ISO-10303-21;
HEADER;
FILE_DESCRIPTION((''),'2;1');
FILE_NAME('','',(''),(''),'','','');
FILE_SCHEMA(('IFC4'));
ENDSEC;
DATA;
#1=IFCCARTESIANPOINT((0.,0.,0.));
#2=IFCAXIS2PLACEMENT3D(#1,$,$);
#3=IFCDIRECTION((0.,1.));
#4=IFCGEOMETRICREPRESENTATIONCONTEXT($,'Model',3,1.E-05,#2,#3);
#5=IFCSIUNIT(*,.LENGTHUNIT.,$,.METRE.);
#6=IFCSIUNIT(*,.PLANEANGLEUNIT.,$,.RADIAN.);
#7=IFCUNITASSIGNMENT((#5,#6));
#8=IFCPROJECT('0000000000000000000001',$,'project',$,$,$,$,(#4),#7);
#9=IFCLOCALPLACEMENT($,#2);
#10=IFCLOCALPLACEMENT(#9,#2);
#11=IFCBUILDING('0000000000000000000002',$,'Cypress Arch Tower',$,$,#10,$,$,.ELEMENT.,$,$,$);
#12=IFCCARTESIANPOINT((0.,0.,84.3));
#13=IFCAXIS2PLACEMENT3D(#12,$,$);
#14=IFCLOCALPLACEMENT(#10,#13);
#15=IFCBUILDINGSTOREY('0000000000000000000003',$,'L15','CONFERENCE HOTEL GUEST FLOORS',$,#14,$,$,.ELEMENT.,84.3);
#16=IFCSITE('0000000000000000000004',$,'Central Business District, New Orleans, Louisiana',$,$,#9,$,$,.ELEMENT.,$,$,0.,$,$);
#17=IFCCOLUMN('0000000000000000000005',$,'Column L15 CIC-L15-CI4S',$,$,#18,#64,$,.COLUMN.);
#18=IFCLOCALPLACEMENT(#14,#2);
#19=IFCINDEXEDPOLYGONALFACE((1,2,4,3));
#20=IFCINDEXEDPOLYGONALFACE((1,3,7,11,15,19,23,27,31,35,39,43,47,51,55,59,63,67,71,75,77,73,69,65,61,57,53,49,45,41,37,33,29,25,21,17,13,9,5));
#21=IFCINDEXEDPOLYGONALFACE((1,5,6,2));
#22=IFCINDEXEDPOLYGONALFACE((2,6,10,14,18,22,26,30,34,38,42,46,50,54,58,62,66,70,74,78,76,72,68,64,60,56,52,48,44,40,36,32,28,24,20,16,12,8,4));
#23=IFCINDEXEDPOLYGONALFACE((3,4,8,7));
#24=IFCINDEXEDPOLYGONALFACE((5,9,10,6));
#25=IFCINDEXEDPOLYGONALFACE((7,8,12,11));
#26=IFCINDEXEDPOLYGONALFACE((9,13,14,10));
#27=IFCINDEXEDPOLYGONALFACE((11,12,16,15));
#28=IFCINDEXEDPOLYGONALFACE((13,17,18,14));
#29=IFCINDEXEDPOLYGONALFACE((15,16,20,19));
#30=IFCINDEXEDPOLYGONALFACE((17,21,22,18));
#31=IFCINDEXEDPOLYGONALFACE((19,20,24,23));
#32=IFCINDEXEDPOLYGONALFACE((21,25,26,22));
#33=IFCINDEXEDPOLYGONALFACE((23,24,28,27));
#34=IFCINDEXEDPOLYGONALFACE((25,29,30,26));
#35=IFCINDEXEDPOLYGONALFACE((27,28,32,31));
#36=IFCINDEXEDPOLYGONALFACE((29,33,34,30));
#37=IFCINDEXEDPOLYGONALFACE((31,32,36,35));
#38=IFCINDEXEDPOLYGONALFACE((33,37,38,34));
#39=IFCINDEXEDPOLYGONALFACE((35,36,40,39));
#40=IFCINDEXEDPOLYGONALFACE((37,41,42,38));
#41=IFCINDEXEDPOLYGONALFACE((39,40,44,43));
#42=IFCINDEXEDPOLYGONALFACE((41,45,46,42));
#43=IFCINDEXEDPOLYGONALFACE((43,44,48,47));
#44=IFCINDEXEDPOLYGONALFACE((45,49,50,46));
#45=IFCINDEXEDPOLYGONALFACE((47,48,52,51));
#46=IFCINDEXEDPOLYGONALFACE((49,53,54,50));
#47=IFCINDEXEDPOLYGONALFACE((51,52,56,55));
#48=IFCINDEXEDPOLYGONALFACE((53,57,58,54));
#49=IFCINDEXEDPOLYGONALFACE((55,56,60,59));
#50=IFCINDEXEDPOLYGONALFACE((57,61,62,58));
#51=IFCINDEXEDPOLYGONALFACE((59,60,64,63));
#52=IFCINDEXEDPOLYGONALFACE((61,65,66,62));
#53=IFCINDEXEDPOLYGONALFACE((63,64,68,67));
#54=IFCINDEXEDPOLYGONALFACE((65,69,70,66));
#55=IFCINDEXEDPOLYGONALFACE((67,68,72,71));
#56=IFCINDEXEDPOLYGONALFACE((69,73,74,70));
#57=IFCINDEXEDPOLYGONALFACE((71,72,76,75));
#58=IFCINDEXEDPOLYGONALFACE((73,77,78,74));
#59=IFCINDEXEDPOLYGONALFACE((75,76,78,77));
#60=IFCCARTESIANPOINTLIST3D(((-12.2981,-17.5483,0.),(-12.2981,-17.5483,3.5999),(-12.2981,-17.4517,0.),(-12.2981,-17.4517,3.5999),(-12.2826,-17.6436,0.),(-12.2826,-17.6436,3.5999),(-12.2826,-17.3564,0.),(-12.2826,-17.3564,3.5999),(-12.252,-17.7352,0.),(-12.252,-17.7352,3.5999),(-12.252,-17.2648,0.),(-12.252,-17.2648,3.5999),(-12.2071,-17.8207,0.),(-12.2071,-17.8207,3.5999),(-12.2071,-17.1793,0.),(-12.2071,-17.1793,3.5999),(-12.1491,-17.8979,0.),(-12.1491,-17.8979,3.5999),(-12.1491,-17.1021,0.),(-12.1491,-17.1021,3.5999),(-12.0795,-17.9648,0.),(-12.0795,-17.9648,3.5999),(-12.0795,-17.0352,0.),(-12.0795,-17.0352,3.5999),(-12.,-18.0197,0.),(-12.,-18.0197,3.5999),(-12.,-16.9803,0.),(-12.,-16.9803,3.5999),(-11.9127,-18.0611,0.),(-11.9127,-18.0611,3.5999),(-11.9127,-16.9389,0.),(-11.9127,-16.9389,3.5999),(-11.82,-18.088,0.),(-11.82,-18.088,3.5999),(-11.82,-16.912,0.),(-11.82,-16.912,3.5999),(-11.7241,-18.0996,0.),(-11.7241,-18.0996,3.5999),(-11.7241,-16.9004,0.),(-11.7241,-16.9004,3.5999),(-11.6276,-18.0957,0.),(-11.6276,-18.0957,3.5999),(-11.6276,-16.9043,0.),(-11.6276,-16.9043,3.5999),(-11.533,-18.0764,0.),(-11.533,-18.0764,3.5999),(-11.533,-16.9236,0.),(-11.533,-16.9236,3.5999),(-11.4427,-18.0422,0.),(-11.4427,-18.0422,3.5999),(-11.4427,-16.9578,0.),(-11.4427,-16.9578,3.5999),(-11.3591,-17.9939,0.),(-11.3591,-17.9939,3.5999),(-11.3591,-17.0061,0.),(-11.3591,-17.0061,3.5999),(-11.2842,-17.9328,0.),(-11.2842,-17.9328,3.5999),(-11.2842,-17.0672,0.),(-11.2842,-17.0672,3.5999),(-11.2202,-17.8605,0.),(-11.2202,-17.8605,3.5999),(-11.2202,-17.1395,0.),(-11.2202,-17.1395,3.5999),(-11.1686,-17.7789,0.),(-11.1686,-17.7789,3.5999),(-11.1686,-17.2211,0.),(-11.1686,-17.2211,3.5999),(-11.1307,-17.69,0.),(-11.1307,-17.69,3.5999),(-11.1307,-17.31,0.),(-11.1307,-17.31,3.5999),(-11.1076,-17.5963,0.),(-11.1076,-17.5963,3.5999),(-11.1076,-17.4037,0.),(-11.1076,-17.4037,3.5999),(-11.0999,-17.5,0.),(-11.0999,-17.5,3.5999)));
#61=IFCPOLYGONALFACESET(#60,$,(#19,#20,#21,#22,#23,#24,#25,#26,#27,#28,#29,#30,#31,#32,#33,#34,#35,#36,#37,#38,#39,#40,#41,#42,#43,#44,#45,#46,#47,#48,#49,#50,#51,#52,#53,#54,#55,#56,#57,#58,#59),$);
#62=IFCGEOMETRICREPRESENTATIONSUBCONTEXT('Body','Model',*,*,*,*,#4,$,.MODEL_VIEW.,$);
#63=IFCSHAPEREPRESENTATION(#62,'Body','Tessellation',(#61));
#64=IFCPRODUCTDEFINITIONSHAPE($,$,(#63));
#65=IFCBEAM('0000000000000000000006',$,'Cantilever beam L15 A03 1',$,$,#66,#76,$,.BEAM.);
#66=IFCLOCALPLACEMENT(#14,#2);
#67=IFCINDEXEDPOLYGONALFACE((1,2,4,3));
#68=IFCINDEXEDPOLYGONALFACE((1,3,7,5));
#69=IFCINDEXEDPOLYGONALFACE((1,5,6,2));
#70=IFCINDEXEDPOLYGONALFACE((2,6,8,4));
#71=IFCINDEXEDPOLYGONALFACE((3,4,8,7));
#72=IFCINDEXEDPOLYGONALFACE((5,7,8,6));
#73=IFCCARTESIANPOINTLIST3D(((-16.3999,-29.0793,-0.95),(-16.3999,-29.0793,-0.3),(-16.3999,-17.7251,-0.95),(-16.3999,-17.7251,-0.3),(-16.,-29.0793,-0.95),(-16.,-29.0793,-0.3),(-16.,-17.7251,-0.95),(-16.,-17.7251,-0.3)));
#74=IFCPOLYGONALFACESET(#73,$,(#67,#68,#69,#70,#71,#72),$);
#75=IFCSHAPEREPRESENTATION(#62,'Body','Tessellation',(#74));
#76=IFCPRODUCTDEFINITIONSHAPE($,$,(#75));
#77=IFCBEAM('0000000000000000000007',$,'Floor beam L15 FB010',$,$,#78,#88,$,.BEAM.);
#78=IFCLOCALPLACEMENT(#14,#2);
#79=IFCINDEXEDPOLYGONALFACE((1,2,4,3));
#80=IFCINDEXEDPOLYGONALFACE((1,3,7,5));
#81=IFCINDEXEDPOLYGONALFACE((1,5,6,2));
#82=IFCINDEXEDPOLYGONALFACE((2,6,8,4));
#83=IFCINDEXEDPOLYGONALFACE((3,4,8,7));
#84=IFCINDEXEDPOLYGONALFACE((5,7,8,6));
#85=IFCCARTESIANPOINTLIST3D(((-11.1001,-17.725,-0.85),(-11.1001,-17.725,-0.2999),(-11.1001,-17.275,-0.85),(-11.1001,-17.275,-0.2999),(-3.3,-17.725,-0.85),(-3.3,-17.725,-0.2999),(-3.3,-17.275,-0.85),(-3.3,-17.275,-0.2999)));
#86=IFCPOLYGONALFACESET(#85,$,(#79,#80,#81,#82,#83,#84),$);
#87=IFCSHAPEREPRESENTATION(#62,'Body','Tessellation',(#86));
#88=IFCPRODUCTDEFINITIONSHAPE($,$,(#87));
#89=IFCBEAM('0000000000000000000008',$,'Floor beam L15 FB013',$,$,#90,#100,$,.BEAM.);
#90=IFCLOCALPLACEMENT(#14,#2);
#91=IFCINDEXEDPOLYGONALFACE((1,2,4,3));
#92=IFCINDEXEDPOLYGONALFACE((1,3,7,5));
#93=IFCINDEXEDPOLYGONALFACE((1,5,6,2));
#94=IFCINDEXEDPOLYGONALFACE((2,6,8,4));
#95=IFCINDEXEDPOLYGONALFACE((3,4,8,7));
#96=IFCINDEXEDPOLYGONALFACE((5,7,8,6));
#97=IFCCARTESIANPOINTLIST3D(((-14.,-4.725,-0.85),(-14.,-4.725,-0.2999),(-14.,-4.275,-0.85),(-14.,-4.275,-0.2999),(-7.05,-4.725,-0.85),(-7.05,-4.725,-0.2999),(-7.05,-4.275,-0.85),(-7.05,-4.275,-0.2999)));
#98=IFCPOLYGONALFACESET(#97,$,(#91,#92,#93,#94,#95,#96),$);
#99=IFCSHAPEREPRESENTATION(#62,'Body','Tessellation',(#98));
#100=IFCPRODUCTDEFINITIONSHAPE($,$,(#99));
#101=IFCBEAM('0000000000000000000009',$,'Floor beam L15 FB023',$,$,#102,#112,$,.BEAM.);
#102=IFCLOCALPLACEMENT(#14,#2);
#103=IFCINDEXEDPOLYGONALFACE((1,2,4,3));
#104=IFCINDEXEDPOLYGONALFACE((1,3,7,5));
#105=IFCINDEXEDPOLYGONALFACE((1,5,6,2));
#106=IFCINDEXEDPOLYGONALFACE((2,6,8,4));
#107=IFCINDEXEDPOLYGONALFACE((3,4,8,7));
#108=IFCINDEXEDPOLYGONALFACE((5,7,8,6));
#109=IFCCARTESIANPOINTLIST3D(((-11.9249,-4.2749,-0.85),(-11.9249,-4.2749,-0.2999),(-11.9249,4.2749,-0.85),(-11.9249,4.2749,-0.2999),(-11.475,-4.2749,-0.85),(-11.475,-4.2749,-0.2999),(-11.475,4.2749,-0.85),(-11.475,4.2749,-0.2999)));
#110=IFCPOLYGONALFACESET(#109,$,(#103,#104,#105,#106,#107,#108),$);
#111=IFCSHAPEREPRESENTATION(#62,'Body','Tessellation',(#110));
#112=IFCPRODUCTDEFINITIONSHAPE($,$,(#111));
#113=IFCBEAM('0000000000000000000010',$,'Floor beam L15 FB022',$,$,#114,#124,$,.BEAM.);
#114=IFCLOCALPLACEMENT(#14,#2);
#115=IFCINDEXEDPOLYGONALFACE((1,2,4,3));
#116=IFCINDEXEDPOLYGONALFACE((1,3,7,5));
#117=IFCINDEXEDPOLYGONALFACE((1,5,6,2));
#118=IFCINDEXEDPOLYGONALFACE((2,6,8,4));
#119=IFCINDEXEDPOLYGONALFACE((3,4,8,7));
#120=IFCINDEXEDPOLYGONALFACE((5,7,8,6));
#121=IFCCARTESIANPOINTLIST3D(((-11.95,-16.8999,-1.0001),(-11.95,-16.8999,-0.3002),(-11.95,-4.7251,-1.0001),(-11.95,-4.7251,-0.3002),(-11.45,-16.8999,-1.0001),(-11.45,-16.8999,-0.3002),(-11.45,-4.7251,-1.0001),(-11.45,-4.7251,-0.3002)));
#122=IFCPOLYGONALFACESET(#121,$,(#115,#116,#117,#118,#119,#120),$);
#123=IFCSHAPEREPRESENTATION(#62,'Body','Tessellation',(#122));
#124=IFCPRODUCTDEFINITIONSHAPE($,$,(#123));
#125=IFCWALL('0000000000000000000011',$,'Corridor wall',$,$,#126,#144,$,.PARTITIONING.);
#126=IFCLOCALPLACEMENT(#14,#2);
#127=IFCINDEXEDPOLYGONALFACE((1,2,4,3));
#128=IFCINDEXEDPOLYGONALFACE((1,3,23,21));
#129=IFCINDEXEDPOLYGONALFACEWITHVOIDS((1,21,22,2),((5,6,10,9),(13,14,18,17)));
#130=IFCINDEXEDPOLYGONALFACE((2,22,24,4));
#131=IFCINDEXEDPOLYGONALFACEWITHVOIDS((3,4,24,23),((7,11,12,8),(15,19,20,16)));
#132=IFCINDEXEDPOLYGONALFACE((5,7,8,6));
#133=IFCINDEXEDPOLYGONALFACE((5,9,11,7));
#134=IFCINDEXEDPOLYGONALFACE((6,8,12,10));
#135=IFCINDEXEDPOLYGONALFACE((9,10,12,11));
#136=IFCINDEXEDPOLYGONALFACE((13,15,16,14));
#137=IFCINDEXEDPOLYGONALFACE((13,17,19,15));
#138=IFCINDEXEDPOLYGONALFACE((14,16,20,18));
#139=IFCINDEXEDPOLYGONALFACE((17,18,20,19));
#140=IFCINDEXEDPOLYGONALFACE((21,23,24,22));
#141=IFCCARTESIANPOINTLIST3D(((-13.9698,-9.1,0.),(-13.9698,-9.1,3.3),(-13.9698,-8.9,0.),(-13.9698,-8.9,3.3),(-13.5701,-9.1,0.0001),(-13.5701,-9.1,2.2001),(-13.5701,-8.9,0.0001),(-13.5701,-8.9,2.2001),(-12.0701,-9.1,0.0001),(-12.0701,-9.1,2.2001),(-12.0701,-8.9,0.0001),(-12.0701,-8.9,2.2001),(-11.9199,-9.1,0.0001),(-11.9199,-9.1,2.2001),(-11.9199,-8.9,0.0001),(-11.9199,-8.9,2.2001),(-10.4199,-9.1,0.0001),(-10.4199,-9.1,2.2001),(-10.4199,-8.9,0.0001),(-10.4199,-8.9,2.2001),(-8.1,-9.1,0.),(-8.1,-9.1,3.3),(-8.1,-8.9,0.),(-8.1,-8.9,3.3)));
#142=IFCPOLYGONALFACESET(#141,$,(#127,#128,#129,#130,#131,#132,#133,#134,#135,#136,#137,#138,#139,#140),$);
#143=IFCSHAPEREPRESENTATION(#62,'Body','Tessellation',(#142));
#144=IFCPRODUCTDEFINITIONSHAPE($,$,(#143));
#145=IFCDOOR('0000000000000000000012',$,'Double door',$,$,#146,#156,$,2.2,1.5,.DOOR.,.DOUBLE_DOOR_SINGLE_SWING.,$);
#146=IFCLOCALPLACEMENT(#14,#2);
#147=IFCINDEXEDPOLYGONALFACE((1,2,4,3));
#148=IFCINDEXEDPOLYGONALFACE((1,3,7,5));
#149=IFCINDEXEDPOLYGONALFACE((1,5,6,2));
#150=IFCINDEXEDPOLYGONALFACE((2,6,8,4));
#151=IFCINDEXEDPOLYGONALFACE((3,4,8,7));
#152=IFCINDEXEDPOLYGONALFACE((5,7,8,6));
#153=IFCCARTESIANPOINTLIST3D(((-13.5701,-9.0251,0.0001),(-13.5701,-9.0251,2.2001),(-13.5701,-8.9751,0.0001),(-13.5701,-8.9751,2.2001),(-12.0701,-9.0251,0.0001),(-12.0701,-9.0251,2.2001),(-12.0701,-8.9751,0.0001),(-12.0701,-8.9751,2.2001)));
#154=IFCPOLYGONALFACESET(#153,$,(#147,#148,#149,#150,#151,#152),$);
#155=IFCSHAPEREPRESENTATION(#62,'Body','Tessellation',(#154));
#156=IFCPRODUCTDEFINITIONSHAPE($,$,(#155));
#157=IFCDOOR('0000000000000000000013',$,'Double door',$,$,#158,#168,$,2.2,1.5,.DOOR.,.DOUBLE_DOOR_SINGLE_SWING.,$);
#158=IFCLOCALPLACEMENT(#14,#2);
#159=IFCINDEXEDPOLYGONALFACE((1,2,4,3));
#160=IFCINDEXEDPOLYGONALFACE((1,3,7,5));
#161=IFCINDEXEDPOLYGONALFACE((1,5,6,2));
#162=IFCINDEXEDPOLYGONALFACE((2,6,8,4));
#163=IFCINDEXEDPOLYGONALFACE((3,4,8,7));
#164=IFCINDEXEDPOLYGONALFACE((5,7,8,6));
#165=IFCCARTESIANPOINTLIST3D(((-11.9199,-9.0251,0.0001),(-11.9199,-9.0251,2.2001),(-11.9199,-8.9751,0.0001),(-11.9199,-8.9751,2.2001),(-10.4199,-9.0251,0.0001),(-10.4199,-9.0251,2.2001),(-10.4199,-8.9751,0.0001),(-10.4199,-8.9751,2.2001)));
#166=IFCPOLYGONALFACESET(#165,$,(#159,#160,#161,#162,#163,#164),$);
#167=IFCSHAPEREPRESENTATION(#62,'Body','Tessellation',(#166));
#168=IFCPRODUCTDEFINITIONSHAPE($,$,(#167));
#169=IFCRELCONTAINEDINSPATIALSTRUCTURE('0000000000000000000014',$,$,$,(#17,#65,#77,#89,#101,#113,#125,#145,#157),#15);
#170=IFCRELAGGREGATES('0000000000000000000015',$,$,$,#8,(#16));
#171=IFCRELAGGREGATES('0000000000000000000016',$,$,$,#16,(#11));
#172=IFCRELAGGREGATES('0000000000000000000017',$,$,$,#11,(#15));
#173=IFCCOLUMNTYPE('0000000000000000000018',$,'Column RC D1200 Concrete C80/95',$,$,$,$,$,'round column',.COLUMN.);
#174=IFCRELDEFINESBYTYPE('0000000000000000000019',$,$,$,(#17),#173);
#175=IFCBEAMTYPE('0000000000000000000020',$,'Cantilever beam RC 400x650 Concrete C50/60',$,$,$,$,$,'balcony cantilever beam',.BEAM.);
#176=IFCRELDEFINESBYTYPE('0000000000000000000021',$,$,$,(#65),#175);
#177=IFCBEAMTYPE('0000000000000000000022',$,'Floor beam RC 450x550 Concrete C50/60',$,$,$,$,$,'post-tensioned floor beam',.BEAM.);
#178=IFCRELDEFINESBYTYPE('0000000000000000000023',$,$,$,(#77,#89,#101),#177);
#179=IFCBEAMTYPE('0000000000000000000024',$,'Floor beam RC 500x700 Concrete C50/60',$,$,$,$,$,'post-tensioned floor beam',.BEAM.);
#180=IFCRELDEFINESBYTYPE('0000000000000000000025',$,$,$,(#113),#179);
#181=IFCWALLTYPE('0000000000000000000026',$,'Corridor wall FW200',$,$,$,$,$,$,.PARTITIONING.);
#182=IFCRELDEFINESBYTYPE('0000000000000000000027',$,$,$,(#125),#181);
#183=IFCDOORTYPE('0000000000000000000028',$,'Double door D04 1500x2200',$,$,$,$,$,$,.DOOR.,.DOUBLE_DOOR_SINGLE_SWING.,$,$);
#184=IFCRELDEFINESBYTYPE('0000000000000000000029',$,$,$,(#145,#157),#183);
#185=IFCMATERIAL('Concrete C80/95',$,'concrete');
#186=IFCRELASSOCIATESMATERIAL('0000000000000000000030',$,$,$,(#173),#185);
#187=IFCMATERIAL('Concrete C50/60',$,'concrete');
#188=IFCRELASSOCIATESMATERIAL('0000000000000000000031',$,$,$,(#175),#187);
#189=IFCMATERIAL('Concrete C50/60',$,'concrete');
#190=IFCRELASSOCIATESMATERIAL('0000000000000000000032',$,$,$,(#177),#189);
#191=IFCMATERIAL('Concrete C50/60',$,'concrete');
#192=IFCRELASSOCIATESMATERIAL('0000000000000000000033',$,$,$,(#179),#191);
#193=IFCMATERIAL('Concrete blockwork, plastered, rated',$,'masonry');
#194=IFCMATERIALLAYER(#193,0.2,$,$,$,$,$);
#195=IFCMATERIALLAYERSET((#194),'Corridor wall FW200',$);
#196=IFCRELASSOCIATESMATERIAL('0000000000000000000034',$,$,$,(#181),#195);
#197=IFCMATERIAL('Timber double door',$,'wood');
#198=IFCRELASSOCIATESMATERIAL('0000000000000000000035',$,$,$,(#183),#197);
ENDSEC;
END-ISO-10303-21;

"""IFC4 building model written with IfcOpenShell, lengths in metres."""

from ifc_helpers import new_model, si_unit, direction, frame, frame_2d, origin, origin_2d, place, context, subcontext, project, spatial, rectangle, circle, extrude, material, layer, layer_set, material_profile, profile_set, type_object, element, fill, save


model = new_model("IFC4")

# Units and contexts
model_context = context("Model", 3, precision=1e-05, world=origin(), true_north=direction((0.0, 1.0)))
body_context = subcontext(model_context, "Body", "Model", "MODEL_VIEW")
ifc_project = project(units=[si_unit("LENGTHUNIT", "METRE"), si_unit("PLANEANGLEUNIT", "RADIAN")], contexts=[model_context])

# Site, building, storey
site_placement = place(None, origin())
site = spatial("IfcSite", under=ifc_project, at=site_placement, Name="Central Business District, New Orleans, Louisiana", CompositionType="ELEMENT", RefElevation=0.0)
building_placement = place(site_placement, origin())
building = spatial("IfcBuilding", under=site, at=building_placement, Name="Cypress Arch Tower", CompositionType="ELEMENT")
storey_placement = place(building_placement, frame((0.0, 0.0, 84.3)))
storey = spatial("IfcBuildingStorey", under=building, at=storey_placement, Name="L15", Description="CONFERENCE HOTEL GUEST FLOORS", CompositionType="ELEMENT", Elevation=84.3)

# Column
ifc_material_1 = material(Name="Concrete C80/95", Category="concrete")
ifc_material_profile_1 = material_profile(ifc_material_1, circle(Radius=0.6001, at=origin_2d()), Name="RC D1200")
ifc_profile_set_1 = profile_set([ifc_material_profile_1], Name="Concrete C80/95")
column_type = type_object("IfcColumnType", Name="Column RC D1200 Concrete C80/95", ElementType="round column", PredefinedType="COLUMN", material=ifc_profile_set_1)
column_placement = place(storey_placement, frame((-11.7, -17.5, 0.0), z_axis=(0.0, 0.0, 1.0), x_axis=(1.0, 0.0, 0.0)))
element("IfcColumn", 1, at=column_placement, inside=storey, type_object=column_type, Name="Column L15 CIC-L15-CI4S", PredefinedType="COLUMN", context=body_context, shape_type="SweptSolid", body=[
    extrude(circle(Radius=0.6001, at=origin_2d()), origin(), (0.0, 0.0, 1.0), 3.5999),
])

# Beams
ifc_material_2 = material(Name="Concrete C50/60", Category="concrete")
ifc_material_profile_2 = material_profile(ifc_material_2, rectangle(XDim=0.3999, YDim=0.6499, at=origin_2d()), Name="RC 400x650")
ifc_profile_set_2 = profile_set([ifc_material_profile_2], Name="Concrete C50/60")
beam_type_1 = type_object("IfcBeamType", Name="Cantilever beam RC 400x650 Concrete C50/60", ElementType="balcony cantilever beam", PredefinedType="BEAM", material=ifc_profile_set_2)
beam_1_placement = place(storey_placement, frame((-16.2, -17.7251, -0.625), z_axis=(0.0, -1.0, 0.0), x_axis=(1.0, 0.0, 0.0)))
element("IfcBeam", 2, at=beam_1_placement, inside=storey, type_object=beam_type_1, Name="Cantilever beam L15 A03 1", PredefinedType="BEAM", context=body_context, shape_type="SweptSolid", body=[
    extrude(rectangle(XDim=0.3999, YDim=0.6499, at=origin_2d()), origin(), (0.0, 0.0, 1.0), 11.3542),
])
ifc_material_3 = material(Name="Concrete C50/60", Category="concrete")
ifc_material_profile_3 = material_profile(ifc_material_3, rectangle(XDim=0.45, YDim=0.55, at=origin_2d()), Name="RC 450x550")
ifc_profile_set_3 = profile_set([ifc_material_profile_3], Name="Concrete C50/60")
beam_type_2 = type_object("IfcBeamType", Name="Floor beam RC 450x550 Concrete C50/60", ElementType="post-tensioned floor beam", PredefinedType="BEAM", material=ifc_profile_set_3)
beam_2_placement = place(storey_placement, frame((-11.1001, -17.5, -0.575), z_axis=(1.0, 0.0, 0.0), x_axis=(0.0, 1.0, 0.0)))
element("IfcBeam", 3, at=beam_2_placement, inside=storey, type_object=beam_type_2, Name="Floor beam L15 FB010", PredefinedType="BEAM", context=body_context, shape_type="SweptSolid", body=[
    extrude(rectangle(XDim=0.45, YDim=0.55, at=origin_2d()), origin(), (0.0, 0.0, 1.0), 7.8),
])
beam_3_placement = place(storey_placement, frame((-14.0, -4.5, -0.575), z_axis=(1.0, 0.0, 0.0), x_axis=(0.0, 1.0, 0.0)))
element("IfcBeam", 4, at=beam_3_placement, inside=storey, type_object=beam_type_2, Name="Floor beam L15 FB013", PredefinedType="BEAM", context=body_context, shape_type="SweptSolid", body=[
    extrude(rectangle(XDim=0.45, YDim=0.55, at=origin_2d()), origin(), (0.0, 0.0, 1.0), 6.95),
])
beam_4_placement = place(storey_placement, frame((-11.7, -4.2749, -0.575), z_axis=(0.0, 1.0, 0.0), x_axis=(-1.0, 0.0, 0.0)))
element("IfcBeam", 5, at=beam_4_placement, inside=storey, type_object=beam_type_2, Name="Floor beam L15 FB023", PredefinedType="BEAM", context=body_context, shape_type="SweptSolid", body=[
    extrude(rectangle(XDim=0.45, YDim=0.55, at=origin_2d()), origin(), (0.0, 0.0, 1.0), 8.5498),
])
ifc_material_4 = material(Name="Concrete C50/60", Category="concrete")
ifc_material_profile_4 = material_profile(ifc_material_4, rectangle(XDim=0.5, YDim=0.7, at=origin_2d()), Name="RC 500x700")
ifc_profile_set_4 = profile_set([ifc_material_profile_4], Name="Concrete C50/60")
beam_type_3 = type_object("IfcBeamType", Name="Floor beam RC 500x700 Concrete C50/60", ElementType="post-tensioned floor beam", PredefinedType="BEAM", material=ifc_profile_set_4)
beam_5_placement = place(storey_placement, frame((-11.7, -16.8999, -0.6501), z_axis=(0.0, 1.0, 0.0), x_axis=(-1.0, 0.0, 0.0)))
element("IfcBeam", 6, at=beam_5_placement, inside=storey, type_object=beam_type_3, Name="Floor beam L15 FB022", PredefinedType="BEAM", context=body_context, shape_type="SweptSolid", body=[
    extrude(rectangle(XDim=0.5, YDim=0.7, at=origin_2d()), origin(), (0.0, 0.0, 1.0), 12.1748),
])

# Wall, openings, doors
ifc_material_5 = material(Name="Concrete blockwork, plastered, rated", Category="masonry")
ifc_layer_1 = layer(ifc_material_5, 0.2)
ifc_layer_set_1 = layer_set([ifc_layer_1], Name="Corridor wall FW200")
wall_type_1 = type_object("IfcWallType", Name="Corridor wall FW200", PredefinedType="PARTITIONING", material=ifc_layer_set_1)
wall_1_placement = place(storey_placement, frame((-13.97, -9.0, 0.0), z_axis=(0.0, 0.0, 1.0), x_axis=(1.0, 0.0, 0.0)))
wall_1 = element("IfcWall", 7, at=wall_1_placement, inside=storey, type_object=wall_type_1, Name="Corridor wall", PredefinedType="PARTITIONING", context=body_context, shape_type="SweptSolid", body=[
    extrude(rectangle(XDim=5.8699, YDim=0.2, at=frame_2d((2.9351, 0.0))), origin(), (0.0, 0.0, 1.0), 3.3),
])
opening_1_placement = place(wall_1_placement, frame((0.3999, 0.0, 0.0)))
opening_1 = element("IfcOpeningElement", 8, at=opening_1_placement, cuts=wall_1, PredefinedType="OPENING", context=body_context, shape_type="SweptSolid", body=[
    extrude(rectangle(XDim=1.5, YDim=2.2, at=frame_2d((0.75, 1.1001))), frame((0.0, 0.1099, 0.0), z_axis=(0.0, -1.0, 0.0), x_axis=(1.0, 0.0, 0.0)), (0.0, 0.0, 1.0), 0.22),
])
opening_2_placement = place(wall_1_placement, frame((2.05, 0.0, 0.0)))
opening_2 = element("IfcOpeningElement", 9, at=opening_2_placement, cuts=wall_1, PredefinedType="OPENING", context=body_context, shape_type="SweptSolid", body=[
    extrude(rectangle(XDim=1.5, YDim=2.2, at=frame_2d((0.75, 1.1001))), frame((0.0, 0.1099, 0.0), z_axis=(0.0, -1.0, 0.0), x_axis=(1.0, 0.0, 0.0)), (0.0, 0.0, 1.0), 0.22),
])
ifc_material_6 = material(Name="Timber double door", Category="wood")
door_type_1 = type_object("IfcDoorType", Name="Double door D04 1500x2200", OperationType="DOUBLE_DOOR_SINGLE_SWING", PredefinedType="DOOR", material=ifc_material_6)
door_1_placement = place(opening_1_placement, origin())
door_1 = element("IfcDoor", 10, at=door_1_placement, inside=storey, type_object=door_type_1, Name="Double door", OperationType="DOUBLE_DOOR_SINGLE_SWING", OverallHeight=2.2, OverallWidth=1.5, PredefinedType="DOOR", context=body_context, shape_type="SweptSolid", body=[
    extrude(rectangle(XDim=1.5, YDim=2.2, at=frame_2d((0.75, 1.1001))), frame((0.0, 0.0249, 0.0), z_axis=(0.0, -1.0, 0.0), x_axis=(1.0, 0.0, 0.0)), (0.0, 0.0, 1.0), 0.05),
])
fill(opening_1, door_1)
door_2_placement = place(opening_2_placement, origin())
door_2 = element("IfcDoor", 11, at=door_2_placement, inside=storey, type_object=door_type_1, Name="Double door", OperationType="DOUBLE_DOOR_SINGLE_SWING", OverallHeight=2.2, OverallWidth=1.5, PredefinedType="DOOR", context=body_context, shape_type="SweptSolid", body=[
    extrude(rectangle(XDim=1.5, YDim=2.2, at=frame_2d((0.75, 1.1001))), frame((0.0, 0.0249, 0.0), z_axis=(0.0, -1.0, 0.0), x_axis=(1.0, 0.0, 0.0)), (0.0, 0.0, 1.0), 0.05),
])
fill(opening_2, door_2)

save(model, "model.ifc")
